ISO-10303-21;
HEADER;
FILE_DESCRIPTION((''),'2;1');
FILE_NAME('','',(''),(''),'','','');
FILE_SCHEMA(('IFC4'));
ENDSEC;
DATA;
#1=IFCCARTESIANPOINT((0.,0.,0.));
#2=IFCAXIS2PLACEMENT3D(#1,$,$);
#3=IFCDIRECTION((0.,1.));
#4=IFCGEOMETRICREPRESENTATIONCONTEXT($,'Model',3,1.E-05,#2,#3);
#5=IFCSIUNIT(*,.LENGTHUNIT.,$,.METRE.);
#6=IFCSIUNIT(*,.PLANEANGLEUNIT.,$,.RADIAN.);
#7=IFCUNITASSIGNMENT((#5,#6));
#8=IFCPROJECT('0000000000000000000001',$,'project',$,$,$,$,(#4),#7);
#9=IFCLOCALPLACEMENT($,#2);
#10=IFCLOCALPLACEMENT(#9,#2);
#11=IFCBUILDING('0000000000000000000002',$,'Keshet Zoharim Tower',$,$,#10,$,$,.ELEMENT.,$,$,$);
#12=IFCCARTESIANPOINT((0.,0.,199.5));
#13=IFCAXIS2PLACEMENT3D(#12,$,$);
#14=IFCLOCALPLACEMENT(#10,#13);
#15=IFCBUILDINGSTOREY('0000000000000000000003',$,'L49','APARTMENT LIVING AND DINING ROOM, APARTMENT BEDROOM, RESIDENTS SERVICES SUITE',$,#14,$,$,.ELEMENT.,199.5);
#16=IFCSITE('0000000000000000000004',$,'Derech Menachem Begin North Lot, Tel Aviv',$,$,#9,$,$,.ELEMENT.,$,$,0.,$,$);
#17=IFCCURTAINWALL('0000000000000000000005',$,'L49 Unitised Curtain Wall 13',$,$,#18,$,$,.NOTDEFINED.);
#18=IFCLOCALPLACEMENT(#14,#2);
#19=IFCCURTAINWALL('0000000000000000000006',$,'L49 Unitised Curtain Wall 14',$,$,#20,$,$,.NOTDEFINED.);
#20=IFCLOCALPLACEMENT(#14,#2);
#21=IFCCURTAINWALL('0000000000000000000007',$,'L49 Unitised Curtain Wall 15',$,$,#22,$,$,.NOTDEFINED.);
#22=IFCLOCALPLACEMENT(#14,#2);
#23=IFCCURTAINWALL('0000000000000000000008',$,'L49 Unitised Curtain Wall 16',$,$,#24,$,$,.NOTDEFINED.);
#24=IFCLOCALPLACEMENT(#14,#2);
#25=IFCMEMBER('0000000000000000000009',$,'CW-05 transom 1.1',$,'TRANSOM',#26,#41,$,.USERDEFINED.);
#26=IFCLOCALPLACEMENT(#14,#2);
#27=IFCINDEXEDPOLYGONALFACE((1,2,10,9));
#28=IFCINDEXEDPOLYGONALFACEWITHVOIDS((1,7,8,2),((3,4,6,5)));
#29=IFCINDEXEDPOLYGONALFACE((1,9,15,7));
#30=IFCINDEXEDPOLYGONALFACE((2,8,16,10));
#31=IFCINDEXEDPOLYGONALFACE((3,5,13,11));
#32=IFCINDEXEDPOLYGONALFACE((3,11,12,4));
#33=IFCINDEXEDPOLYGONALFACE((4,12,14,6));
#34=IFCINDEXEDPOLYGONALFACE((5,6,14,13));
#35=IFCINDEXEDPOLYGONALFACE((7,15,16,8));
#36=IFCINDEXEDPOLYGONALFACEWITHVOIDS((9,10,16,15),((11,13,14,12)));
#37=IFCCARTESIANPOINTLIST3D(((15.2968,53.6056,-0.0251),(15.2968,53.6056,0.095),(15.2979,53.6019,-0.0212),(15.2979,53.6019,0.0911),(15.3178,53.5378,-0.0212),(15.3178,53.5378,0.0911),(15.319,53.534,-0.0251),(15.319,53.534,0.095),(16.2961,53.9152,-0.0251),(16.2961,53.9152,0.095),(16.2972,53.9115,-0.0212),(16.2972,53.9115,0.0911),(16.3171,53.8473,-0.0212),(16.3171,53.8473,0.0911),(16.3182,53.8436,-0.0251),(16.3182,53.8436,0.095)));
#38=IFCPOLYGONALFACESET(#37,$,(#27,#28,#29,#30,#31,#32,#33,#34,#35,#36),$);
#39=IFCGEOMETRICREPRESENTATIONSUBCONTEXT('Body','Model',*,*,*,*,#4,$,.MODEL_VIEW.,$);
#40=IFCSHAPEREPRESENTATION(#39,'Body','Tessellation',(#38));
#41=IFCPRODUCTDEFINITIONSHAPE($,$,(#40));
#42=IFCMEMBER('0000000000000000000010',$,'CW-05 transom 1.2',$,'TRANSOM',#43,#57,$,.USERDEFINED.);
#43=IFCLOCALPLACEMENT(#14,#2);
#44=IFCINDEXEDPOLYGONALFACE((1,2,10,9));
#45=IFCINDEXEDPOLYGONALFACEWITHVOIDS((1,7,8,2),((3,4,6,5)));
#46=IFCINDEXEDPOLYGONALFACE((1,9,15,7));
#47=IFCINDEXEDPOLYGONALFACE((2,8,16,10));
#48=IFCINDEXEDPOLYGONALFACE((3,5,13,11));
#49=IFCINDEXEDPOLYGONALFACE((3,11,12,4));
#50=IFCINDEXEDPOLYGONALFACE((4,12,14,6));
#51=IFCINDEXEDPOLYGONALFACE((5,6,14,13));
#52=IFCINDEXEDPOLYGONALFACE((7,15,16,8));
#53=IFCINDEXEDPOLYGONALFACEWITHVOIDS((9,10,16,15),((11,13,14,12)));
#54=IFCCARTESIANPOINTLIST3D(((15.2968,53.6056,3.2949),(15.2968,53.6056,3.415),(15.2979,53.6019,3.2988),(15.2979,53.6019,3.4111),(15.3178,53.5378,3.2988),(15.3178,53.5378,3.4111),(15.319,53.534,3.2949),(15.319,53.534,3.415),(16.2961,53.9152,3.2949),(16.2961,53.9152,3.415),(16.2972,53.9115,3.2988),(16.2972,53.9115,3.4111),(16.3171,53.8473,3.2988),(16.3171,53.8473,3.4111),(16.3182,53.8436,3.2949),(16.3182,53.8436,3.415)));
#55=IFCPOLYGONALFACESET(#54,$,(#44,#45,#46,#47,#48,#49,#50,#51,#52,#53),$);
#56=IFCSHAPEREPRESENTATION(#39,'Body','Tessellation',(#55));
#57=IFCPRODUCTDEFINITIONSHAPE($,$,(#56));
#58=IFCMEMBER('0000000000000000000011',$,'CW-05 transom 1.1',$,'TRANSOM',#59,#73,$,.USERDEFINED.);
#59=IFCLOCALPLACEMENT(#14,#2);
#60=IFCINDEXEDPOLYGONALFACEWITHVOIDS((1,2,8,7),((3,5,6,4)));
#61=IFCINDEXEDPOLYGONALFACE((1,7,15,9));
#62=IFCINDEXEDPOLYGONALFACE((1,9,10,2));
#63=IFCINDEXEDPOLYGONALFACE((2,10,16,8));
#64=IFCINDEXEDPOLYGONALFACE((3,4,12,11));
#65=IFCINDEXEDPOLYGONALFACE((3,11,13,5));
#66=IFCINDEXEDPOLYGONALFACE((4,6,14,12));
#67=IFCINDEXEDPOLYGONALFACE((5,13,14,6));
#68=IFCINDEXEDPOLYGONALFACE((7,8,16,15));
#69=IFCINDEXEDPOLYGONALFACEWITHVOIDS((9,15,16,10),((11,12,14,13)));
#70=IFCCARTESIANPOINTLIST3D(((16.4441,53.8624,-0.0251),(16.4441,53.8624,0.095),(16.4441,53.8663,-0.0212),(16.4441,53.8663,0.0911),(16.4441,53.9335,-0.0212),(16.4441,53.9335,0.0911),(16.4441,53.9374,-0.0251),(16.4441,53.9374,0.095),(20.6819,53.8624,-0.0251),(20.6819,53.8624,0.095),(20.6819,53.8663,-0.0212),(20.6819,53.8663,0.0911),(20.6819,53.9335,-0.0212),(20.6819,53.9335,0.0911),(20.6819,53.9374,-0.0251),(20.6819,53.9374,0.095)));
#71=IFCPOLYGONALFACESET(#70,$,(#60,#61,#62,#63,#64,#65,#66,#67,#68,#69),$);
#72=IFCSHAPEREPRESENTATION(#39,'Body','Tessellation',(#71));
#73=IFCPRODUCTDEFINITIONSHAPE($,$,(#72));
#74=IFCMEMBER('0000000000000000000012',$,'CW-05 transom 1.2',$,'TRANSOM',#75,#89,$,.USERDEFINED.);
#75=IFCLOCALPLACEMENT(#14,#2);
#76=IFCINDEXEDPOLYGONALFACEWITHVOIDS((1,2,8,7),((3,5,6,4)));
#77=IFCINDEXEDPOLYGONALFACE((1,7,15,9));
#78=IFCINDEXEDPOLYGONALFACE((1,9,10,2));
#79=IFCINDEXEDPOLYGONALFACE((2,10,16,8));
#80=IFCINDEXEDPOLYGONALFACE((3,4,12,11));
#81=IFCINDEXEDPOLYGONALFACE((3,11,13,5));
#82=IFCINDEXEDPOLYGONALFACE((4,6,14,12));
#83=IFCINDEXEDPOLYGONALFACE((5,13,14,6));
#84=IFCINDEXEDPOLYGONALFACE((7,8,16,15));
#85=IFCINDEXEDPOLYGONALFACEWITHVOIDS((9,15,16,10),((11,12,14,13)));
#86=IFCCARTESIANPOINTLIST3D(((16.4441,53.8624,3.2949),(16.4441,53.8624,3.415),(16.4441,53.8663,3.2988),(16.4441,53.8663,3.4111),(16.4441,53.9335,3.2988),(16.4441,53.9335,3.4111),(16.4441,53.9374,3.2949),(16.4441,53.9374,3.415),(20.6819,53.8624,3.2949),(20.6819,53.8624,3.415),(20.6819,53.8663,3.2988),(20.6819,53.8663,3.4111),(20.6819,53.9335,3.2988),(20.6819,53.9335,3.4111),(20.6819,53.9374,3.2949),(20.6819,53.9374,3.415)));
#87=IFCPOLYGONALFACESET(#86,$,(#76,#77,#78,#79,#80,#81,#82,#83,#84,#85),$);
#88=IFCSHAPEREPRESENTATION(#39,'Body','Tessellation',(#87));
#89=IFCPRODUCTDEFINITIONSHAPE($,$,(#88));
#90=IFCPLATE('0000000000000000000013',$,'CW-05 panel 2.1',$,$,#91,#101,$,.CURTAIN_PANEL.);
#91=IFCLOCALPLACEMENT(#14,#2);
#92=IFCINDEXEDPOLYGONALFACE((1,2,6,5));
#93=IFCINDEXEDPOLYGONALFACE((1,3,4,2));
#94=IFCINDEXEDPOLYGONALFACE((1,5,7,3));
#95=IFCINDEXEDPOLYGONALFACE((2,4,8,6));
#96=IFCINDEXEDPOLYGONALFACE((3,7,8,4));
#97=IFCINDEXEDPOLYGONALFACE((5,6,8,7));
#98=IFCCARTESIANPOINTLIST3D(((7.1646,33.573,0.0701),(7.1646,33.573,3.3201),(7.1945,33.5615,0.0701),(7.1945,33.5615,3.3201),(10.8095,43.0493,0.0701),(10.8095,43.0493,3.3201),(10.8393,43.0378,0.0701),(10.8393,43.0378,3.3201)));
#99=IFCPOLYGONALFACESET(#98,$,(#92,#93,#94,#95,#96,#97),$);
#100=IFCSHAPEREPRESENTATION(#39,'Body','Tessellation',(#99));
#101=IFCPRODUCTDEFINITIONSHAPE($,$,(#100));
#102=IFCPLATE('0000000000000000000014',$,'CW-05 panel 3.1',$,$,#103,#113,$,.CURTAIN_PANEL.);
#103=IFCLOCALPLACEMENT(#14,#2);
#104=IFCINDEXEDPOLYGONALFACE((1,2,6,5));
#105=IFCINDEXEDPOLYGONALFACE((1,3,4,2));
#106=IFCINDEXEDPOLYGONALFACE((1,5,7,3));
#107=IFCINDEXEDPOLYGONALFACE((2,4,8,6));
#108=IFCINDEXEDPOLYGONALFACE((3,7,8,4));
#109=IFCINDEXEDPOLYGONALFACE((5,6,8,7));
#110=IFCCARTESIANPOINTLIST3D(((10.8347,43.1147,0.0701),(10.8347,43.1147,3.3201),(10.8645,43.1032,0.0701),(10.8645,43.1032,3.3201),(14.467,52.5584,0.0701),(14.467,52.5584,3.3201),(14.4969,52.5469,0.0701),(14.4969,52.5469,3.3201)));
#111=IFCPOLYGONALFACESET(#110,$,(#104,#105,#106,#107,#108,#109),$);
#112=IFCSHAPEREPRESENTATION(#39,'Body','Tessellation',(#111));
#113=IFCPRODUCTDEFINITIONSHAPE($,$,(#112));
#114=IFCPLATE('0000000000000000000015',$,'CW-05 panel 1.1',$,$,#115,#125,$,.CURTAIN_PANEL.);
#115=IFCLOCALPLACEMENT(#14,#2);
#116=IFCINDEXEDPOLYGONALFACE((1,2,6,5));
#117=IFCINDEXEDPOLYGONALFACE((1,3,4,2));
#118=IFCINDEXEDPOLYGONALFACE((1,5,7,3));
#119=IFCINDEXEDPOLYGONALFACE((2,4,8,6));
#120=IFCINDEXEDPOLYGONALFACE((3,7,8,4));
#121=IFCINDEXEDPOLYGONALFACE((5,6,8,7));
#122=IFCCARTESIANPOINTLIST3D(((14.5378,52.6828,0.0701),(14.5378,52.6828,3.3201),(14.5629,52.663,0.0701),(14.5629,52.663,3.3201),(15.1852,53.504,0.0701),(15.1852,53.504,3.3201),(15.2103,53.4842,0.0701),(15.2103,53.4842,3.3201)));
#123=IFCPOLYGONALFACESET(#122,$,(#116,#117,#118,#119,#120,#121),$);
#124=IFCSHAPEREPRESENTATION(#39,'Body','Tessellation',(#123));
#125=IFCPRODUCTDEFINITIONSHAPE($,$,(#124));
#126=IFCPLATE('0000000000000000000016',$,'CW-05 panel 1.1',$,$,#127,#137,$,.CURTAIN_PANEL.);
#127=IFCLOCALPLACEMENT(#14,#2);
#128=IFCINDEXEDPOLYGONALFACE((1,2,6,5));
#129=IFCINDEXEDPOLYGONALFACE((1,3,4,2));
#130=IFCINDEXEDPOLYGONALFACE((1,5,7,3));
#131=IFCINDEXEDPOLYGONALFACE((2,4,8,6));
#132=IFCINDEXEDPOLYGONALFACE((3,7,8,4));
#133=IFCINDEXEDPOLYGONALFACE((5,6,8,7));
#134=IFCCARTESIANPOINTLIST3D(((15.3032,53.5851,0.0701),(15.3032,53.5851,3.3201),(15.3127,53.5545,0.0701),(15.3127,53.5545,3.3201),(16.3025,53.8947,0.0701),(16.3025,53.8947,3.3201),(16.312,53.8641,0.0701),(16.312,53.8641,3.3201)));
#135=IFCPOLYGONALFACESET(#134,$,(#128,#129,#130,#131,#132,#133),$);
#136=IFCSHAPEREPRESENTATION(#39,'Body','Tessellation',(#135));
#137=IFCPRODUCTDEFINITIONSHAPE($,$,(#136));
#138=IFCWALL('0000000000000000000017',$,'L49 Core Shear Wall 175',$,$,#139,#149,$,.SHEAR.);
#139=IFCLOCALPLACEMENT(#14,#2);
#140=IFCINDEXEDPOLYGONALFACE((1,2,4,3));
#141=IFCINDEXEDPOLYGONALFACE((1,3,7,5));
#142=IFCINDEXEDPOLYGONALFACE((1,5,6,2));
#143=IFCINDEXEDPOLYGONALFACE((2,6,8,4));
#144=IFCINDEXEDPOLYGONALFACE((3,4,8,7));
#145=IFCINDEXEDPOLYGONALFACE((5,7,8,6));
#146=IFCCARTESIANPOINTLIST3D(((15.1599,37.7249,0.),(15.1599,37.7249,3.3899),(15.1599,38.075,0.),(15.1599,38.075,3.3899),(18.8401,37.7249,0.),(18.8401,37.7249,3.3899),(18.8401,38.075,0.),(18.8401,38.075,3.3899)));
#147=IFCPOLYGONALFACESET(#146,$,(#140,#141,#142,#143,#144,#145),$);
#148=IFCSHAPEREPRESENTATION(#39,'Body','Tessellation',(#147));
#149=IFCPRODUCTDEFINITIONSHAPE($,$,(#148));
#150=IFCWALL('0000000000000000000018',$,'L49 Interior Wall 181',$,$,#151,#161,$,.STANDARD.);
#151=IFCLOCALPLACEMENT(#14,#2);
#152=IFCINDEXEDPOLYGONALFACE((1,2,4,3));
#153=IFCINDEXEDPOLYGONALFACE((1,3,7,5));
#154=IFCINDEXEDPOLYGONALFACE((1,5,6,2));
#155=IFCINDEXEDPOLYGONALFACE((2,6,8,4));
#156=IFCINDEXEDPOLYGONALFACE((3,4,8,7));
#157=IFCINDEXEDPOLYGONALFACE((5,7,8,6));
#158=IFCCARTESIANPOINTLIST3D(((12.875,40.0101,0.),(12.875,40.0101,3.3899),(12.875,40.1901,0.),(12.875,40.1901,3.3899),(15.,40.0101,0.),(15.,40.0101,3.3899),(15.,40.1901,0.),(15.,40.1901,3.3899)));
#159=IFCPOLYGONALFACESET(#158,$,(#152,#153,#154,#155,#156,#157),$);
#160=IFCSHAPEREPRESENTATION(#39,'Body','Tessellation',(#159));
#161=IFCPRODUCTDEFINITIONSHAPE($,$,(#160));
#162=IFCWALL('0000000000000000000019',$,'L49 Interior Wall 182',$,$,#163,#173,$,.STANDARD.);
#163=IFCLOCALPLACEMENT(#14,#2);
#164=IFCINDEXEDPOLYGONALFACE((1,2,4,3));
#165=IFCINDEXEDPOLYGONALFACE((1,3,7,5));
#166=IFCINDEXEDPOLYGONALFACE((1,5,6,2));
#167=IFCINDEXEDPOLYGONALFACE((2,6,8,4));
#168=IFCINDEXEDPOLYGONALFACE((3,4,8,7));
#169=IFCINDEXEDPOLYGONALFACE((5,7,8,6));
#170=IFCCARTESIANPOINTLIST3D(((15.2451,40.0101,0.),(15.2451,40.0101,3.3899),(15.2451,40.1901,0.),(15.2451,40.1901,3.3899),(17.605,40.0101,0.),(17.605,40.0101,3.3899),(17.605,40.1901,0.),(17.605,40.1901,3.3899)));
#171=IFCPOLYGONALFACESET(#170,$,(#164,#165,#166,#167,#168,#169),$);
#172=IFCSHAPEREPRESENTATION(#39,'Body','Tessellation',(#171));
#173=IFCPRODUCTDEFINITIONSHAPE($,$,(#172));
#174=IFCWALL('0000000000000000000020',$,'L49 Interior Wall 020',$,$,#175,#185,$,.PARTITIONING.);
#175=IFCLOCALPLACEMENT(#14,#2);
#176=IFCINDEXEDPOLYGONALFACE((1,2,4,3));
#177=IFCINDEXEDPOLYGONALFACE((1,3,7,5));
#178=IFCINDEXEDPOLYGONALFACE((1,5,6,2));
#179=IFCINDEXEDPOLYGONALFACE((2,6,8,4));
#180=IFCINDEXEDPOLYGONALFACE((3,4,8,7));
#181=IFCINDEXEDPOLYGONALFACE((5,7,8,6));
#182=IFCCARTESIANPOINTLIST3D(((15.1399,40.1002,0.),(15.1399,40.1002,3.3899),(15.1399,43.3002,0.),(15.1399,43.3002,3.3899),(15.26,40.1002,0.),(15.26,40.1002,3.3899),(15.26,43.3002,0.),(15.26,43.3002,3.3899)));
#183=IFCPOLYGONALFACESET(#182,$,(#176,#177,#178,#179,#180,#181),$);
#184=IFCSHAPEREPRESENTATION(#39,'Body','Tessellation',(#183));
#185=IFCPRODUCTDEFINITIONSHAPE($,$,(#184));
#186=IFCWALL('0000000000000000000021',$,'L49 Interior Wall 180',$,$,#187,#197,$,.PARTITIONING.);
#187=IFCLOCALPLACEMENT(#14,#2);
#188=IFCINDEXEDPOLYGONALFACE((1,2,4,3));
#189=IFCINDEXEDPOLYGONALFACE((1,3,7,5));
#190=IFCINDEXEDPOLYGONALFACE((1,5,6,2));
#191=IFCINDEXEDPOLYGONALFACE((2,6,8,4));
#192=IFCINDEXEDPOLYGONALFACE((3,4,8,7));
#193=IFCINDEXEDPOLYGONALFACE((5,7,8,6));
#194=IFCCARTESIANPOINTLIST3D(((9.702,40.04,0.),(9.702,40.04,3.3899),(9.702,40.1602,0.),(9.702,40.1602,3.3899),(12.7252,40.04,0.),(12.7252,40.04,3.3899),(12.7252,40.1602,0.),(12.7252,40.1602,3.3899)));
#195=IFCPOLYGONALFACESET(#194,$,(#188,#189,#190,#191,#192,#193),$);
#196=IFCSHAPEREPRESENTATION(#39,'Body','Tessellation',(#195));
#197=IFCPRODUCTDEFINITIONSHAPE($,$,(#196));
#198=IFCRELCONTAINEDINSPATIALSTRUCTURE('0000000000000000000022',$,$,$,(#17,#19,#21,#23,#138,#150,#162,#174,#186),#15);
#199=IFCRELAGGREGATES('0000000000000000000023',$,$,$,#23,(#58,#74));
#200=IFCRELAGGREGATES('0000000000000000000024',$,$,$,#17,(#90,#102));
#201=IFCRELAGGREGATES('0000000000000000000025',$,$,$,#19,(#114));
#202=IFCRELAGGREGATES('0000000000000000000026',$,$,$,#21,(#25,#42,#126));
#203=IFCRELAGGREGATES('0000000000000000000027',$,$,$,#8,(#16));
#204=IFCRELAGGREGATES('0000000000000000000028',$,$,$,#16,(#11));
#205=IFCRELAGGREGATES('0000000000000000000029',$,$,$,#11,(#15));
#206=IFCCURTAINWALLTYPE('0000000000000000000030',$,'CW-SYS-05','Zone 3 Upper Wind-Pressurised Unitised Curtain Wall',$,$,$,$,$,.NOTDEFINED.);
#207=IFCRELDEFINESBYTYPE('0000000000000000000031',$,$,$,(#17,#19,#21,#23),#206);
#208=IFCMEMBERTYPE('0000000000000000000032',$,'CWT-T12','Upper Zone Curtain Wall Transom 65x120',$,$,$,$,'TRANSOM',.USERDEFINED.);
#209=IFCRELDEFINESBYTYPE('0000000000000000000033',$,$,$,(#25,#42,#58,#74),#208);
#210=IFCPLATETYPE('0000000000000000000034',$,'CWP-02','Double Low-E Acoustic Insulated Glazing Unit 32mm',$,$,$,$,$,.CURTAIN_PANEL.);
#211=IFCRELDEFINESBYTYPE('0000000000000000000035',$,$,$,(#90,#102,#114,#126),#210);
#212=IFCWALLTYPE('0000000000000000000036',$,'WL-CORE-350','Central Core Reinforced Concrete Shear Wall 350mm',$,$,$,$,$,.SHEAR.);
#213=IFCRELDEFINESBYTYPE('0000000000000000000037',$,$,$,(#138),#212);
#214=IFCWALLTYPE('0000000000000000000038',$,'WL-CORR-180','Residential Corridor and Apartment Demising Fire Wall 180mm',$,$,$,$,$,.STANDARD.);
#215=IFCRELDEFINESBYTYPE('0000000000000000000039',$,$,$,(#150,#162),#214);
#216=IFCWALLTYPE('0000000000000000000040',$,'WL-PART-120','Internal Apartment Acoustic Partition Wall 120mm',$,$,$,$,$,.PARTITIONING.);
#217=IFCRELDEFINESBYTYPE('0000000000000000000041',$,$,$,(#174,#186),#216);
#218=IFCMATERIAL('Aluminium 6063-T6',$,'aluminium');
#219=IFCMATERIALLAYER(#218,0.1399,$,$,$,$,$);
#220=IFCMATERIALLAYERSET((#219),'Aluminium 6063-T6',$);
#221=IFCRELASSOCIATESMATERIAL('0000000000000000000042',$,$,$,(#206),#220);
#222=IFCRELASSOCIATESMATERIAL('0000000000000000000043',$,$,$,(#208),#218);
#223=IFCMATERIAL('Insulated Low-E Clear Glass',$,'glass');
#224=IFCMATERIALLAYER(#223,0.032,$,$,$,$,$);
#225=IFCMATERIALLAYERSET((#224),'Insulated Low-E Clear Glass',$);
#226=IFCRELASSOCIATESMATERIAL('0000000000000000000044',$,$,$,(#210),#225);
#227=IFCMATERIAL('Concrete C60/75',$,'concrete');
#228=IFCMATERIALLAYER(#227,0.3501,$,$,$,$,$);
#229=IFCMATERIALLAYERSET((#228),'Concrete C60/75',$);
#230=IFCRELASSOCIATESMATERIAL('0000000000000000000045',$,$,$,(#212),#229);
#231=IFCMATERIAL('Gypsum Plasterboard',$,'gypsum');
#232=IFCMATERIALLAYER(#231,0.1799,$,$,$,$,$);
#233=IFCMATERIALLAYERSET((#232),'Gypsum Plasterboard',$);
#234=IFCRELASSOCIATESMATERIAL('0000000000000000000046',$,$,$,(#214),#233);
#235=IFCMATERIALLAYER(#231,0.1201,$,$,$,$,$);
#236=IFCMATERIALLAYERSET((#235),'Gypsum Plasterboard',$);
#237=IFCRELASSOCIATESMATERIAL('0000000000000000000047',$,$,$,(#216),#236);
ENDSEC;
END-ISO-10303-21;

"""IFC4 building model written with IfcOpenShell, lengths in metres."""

from ifc_helpers import new_model, si_unit, direction, frame, frame_2d, origin, origin_2d, place, context, subcontext, project, spatial, rectangle, hollow_rectangle, extrude, material, layer, layer_set, material_profile, profile_set, type_object, element, aggregate, save


model = new_model("IFC4")

# Units and contexts
model_context = context("Model", 3, precision=1e-05, world=origin(), true_north=direction((0.0, 1.0)))
body_context = subcontext(model_context, "Body", "Model", "MODEL_VIEW")
ifc_project = project(units=[si_unit("LENGTHUNIT", "METRE"), si_unit("PLANEANGLEUNIT", "RADIAN")], contexts=[model_context])

# Site, building, storey
site_placement = place(None, origin())
site = spatial("IfcSite", under=ifc_project, at=site_placement, Name="Derech Menachem Begin North Lot, Tel Aviv", CompositionType="ELEMENT", RefElevation=0.0)
building_placement = place(site_placement, origin())
building = spatial("IfcBuilding", under=site, at=building_placement, Name="Keshet Zoharim Tower", CompositionType="ELEMENT")
storey_placement = place(building_placement, frame((0.0, 0.0, 199.5)))
storey = spatial("IfcBuildingStorey", under=building, at=storey_placement, Name="L49", Description="APARTMENT LIVING AND DINING ROOM, APARTMENT BEDROOM, RESIDENTS SERVICES SUITE", CompositionType="ELEMENT", Elevation=199.5)

# Curtain walls
ifc_material_1 = material(Name="Aluminium 6063-T6", Category="aluminium")
ifc_layer_1 = layer(ifc_material_1, 0.1399)
ifc_layer_set_1 = layer_set([ifc_layer_1], Name="Aluminium 6063-T6")
curtain_wall_type = type_object("IfcCurtainWallType", Name="CW-SYS-05", Description="Zone 3 Upper Wind-Pressurised Unitised Curtain Wall", PredefinedType="NOTDEFINED", material=ifc_layer_set_1)
curtain_wall_1_placement = place(storey_placement, origin())
curtain_wall_1 = element("IfcCurtainWall", 1, at=curtain_wall_1_placement, inside=storey, type_object=curtain_wall_type, Name="L49 Unitised Curtain Wall 13", PredefinedType="NOTDEFINED")
curtain_wall_2_placement = place(storey_placement, origin())
curtain_wall_2 = element("IfcCurtainWall", 2, at=curtain_wall_2_placement, inside=storey, type_object=curtain_wall_type, Name="L49 Unitised Curtain Wall 14", PredefinedType="NOTDEFINED")
curtain_wall_3_placement = place(storey_placement, origin())
curtain_wall_3 = element("IfcCurtainWall", 3, at=curtain_wall_3_placement, inside=storey, type_object=curtain_wall_type, Name="L49 Unitised Curtain Wall 15", PredefinedType="NOTDEFINED")

# Curtain wall
curtain_wall_4_placement = place(storey_placement, origin())
curtain_wall_4 = element("IfcCurtainWall", 4, at=curtain_wall_4_placement, inside=storey, type_object=curtain_wall_type, Name="L49 Unitised Curtain Wall 16", PredefinedType="NOTDEFINED")

# Members
ifc_material_profile_1 = material_profile(ifc_material_1, hollow_rectangle(XDim=0.075, YDim=0.1201, WallThickness=0.0039, at=origin_2d()), Name="TRN-75x120")
ifc_profile_set_1 = profile_set([ifc_material_profile_1], Name="Aluminium 6063-T6")
member_type_1 = type_object("IfcMemberType", Name="CWT-T12", Description="Upper Zone Curtain Wall Transom 65x120", ElementType="TRANSOM", PredefinedType="USERDEFINED", material=ifc_profile_set_1)
member_1_placement = place(storey_placement, frame((15.3079, 53.5698, 0.0349), z_axis=(0.955212, 0.295922, 0.0), x_axis=(-0.295922, 0.955212, 0.0)))
member_1 = element("IfcMember", 5, at=member_1_placement, type_object=member_type_1, Name="CW-05 transom 1.1", ObjectType="TRANSOM", PredefinedType="USERDEFINED", context=body_context, shape_type="SweptSolid", body=[
    extrude(hollow_rectangle(XDim=0.075, YDim=0.1201, WallThickness=0.0039, at=origin_2d()), origin(), (0.0, 0.0, 1.0), 1.0461),
])
member_2_placement = place(storey_placement, frame((15.3079, 53.5698, 3.355), z_axis=(0.955212, 0.295922, 0.0), x_axis=(-0.295922, 0.955212, 0.0)))
member_2 = element("IfcMember", 6, at=member_2_placement, type_object=member_type_1, Name="CW-05 transom 1.2", ObjectType="TRANSOM", PredefinedType="USERDEFINED", context=body_context, shape_type="SweptSolid", body=[
    extrude(hollow_rectangle(XDim=0.075, YDim=0.1201, WallThickness=0.0039, at=origin_2d()), origin(), (0.0, 0.0, 1.0), 1.0461),
])
member_3_placement = place(storey_placement, frame((16.4441, 53.8999, 0.0349), z_axis=(1.0, 0.0, 0.0), x_axis=(0.0, 1.0, 0.0)))
member_3 = element("IfcMember", 7, at=member_3_placement, type_object=member_type_1, Name="CW-05 transom 1.1", ObjectType="TRANSOM", PredefinedType="USERDEFINED", context=body_context, shape_type="SweptSolid", body=[
    extrude(hollow_rectangle(XDim=0.075, YDim=0.1201, WallThickness=0.0039, at=origin_2d()), origin(), (0.0, 0.0, 1.0), 4.2378),
])
member_4_placement = place(storey_placement, frame((16.4441, 53.8999, 3.355), z_axis=(1.0, 0.0, 0.0), x_axis=(0.0, 1.0, 0.0)))
member_4 = element("IfcMember", 8, at=member_4_placement, type_object=member_type_1, Name="CW-05 transom 1.2", ObjectType="TRANSOM", PredefinedType="USERDEFINED", context=body_context, shape_type="SweptSolid", body=[
    extrude(hollow_rectangle(XDim=0.075, YDim=0.1201, WallThickness=0.0039, at=origin_2d()), origin(), (0.0, 0.0, 1.0), 4.2378),
])
aggregate(curtain_wall_4, [member_3, member_4])

# Plates
ifc_material_2 = material(Name="Insulated Low-E Clear Glass", Category="glass")
ifc_layer_2 = layer(ifc_material_2, 0.032)
ifc_layer_set_2 = layer_set([ifc_layer_2], Name="Insulated Low-E Clear Glass")
plate_type = type_object("IfcPlateType", Name="CWP-02", Description="Double Low-E Acoustic Insulated Glazing Unit 32mm", PredefinedType="CURTAIN_PANEL", material=ifc_layer_set_2)
plate_1_placement = place(storey_placement, frame((9.002, 38.3054, 0.0701), z_axis=(0.0, 0.0, 1.0), x_axis=(0.35899, 0.933341, 0.0)))
plate_1 = element("IfcPlate", 9, at=plate_1_placement, type_object=plate_type, Name="CW-05 panel 2.1", PredefinedType="CURTAIN_PANEL", context=body_context, shape_type="SweptSolid", body=[
    extrude(rectangle(XDim=10.1531, YDim=0.032, at=origin_2d()), origin(), (0.0, 0.0, 1.0), 3.25),
])
plate_2_placement = place(storey_placement, frame((12.6658, 47.8308, 0.0701), z_axis=(0.0, 0.0, 1.0), x_axis=(0.35899, 0.933341, 0.0)))
plate_2 = element("IfcPlate", 10, at=plate_2_placement, type_object=plate_type, Name="CW-05 panel 3.1", PredefinedType="CURTAIN_PANEL", context=body_context, shape_type="SweptSolid", body=[
    extrude(rectangle(XDim=10.1182, YDim=0.032, at=origin_2d()), origin(), (0.0, 0.0, 1.0), 3.25),
])
aggregate(curtain_wall_1, [plate_1, plate_2])
plate_3_placement = place(storey_placement, frame((14.874, 53.0835, 0.0701), z_axis=(0.0, 0.0, 1.0), x_axis=(0.619125, 0.785293, 0.0)))
plate_3 = element("IfcPlate", 11, at=plate_3_placement, type_object=plate_type, Name="CW-05 panel 1.1", PredefinedType="CURTAIN_PANEL", context=body_context, shape_type="SweptSolid", body=[
    extrude(rectangle(XDim=1.0457, YDim=0.032, at=origin_2d()), origin(), (0.0, 0.0, 1.0), 3.25),
])
aggregate(curtain_wall_2, [plate_3])
plate_4_placement = place(storey_placement, frame((15.8076, 53.7246, 0.0701), z_axis=(0.0, 0.0, 1.0), x_axis=(0.955212, 0.295922, 0.0)))
plate_4 = element("IfcPlate", 12, at=plate_4_placement, type_object=plate_type, Name="CW-05 panel 1.1", PredefinedType="CURTAIN_PANEL", context=body_context, shape_type="SweptSolid", body=[
    extrude(rectangle(XDim=1.0461, YDim=0.032, at=origin_2d()), origin(), (0.0, 0.0, 1.0), 3.25),
])
aggregate(curtain_wall_3, [member_1, member_2, plate_4])

# Walls
ifc_material_3 = material(Name="Concrete C60/75", Category="concrete")
ifc_layer_3 = layer(ifc_material_3, 0.3501)
ifc_layer_set_3 = layer_set([ifc_layer_3], Name="Concrete C60/75")
wall_type_1 = type_object("IfcWallType", Name="WL-CORE-350", Description="Central Core Reinforced Concrete Shear Wall 350mm", PredefinedType="SHEAR", material=ifc_layer_set_3)
wall_1_placement = place(storey_placement, frame((15.1599, 37.8999, 0.0), z_axis=(0.0, 0.0, 1.0), x_axis=(1.0, 0.0, 0.0)))
element("IfcWall", 13, at=wall_1_placement, inside=storey, type_object=wall_type_1, Name="L49 Core Shear Wall 175", PredefinedType="SHEAR", context=body_context, shape_type="SweptSolid", body=[
    extrude(rectangle(XDim=3.6802, YDim=0.3501, at=frame_2d((1.8401, 0.0))), origin(), (0.0, 0.0, 1.0), 3.3899),
])
ifc_material_4 = material(Name="Gypsum Plasterboard", Category="gypsum")
ifc_layer_4 = layer(ifc_material_4, 0.1799)
ifc_layer_set_4 = layer_set([ifc_layer_4], Name="Gypsum Plasterboard")
wall_type_2 = type_object("IfcWallType", Name="WL-CORR-180", Description="Residential Corridor and Apartment Demising Fire Wall 180mm", PredefinedType="STANDARD", material=ifc_layer_set_4)
wall_2_placement = place(storey_placement, frame((12.875, 40.1001, 0.0), z_axis=(0.0, 0.0, 1.0), x_axis=(1.0, 0.0, 0.0)))
element("IfcWall", 14, at=wall_2_placement, inside=storey, type_object=wall_type_2, Name="L49 Interior Wall 181", PredefinedType="STANDARD", context=body_context, shape_type="SweptSolid", body=[
    extrude(rectangle(XDim=2.125, YDim=0.1799, at=frame_2d((1.0625, 0.0))), origin(), (0.0, 0.0, 1.0), 3.3899),
])
wall_3_placement = place(storey_placement, frame((15.2451, 40.1001, 0.0), z_axis=(0.0, 0.0, 1.0), x_axis=(1.0, 0.0, 0.0)))
element("IfcWall", 15, at=wall_3_placement, inside=storey, type_object=wall_type_2, Name="L49 Interior Wall 182", PredefinedType="STANDARD", context=body_context, shape_type="SweptSolid", body=[
    extrude(rectangle(XDim=2.3599, YDim=0.1799, at=frame_2d((1.1799, 0.0))), origin(), (0.0, 0.0, 1.0), 3.3899),
])
ifc_layer_5 = layer(ifc_material_4, 0.1201)
ifc_layer_set_5 = layer_set([ifc_layer_5], Name="Gypsum Plasterboard")
wall_type_3 = type_object("IfcWallType", Name="WL-PART-120", Description="Internal Apartment Acoustic Partition Wall 120mm", PredefinedType="PARTITIONING", material=ifc_layer_set_5)
wall_4_placement = place(storey_placement, frame((15.2, 40.1001, 0.0), z_axis=(0.0, 0.0, 1.0), x_axis=(0.0, 1.0, 0.0)))
element("IfcWall", 16, at=wall_4_placement, inside=storey, type_object=wall_type_3, Name="L49 Interior Wall 020", PredefinedType="PARTITIONING", context=body_context, shape_type="SweptSolid", body=[
    extrude(rectangle(XDim=3.2, YDim=0.1201, at=frame_2d((1.6001, 0.0))), origin(), (0.0, 0.0, 1.0), 3.3899),
])

# Wall
wall_5_placement = place(storey_placement, frame((9.7019, 40.1001, 0.0), z_axis=(0.0, 0.0, 1.0), x_axis=(1.0, 0.0, 0.0)))
element("IfcWall", 17, at=wall_5_placement, inside=storey, type_object=wall_type_3, Name="L49 Interior Wall 180", PredefinedType="PARTITIONING", context=body_context, shape_type="SweptSolid", body=[
    extrude(rectangle(XDim=3.0232, YDim=0.1201, at=frame_2d((1.5117, 0.0))), origin(), (0.0, 0.0, 1.0), 3.3899),
])

save(model, "model.ifc")
